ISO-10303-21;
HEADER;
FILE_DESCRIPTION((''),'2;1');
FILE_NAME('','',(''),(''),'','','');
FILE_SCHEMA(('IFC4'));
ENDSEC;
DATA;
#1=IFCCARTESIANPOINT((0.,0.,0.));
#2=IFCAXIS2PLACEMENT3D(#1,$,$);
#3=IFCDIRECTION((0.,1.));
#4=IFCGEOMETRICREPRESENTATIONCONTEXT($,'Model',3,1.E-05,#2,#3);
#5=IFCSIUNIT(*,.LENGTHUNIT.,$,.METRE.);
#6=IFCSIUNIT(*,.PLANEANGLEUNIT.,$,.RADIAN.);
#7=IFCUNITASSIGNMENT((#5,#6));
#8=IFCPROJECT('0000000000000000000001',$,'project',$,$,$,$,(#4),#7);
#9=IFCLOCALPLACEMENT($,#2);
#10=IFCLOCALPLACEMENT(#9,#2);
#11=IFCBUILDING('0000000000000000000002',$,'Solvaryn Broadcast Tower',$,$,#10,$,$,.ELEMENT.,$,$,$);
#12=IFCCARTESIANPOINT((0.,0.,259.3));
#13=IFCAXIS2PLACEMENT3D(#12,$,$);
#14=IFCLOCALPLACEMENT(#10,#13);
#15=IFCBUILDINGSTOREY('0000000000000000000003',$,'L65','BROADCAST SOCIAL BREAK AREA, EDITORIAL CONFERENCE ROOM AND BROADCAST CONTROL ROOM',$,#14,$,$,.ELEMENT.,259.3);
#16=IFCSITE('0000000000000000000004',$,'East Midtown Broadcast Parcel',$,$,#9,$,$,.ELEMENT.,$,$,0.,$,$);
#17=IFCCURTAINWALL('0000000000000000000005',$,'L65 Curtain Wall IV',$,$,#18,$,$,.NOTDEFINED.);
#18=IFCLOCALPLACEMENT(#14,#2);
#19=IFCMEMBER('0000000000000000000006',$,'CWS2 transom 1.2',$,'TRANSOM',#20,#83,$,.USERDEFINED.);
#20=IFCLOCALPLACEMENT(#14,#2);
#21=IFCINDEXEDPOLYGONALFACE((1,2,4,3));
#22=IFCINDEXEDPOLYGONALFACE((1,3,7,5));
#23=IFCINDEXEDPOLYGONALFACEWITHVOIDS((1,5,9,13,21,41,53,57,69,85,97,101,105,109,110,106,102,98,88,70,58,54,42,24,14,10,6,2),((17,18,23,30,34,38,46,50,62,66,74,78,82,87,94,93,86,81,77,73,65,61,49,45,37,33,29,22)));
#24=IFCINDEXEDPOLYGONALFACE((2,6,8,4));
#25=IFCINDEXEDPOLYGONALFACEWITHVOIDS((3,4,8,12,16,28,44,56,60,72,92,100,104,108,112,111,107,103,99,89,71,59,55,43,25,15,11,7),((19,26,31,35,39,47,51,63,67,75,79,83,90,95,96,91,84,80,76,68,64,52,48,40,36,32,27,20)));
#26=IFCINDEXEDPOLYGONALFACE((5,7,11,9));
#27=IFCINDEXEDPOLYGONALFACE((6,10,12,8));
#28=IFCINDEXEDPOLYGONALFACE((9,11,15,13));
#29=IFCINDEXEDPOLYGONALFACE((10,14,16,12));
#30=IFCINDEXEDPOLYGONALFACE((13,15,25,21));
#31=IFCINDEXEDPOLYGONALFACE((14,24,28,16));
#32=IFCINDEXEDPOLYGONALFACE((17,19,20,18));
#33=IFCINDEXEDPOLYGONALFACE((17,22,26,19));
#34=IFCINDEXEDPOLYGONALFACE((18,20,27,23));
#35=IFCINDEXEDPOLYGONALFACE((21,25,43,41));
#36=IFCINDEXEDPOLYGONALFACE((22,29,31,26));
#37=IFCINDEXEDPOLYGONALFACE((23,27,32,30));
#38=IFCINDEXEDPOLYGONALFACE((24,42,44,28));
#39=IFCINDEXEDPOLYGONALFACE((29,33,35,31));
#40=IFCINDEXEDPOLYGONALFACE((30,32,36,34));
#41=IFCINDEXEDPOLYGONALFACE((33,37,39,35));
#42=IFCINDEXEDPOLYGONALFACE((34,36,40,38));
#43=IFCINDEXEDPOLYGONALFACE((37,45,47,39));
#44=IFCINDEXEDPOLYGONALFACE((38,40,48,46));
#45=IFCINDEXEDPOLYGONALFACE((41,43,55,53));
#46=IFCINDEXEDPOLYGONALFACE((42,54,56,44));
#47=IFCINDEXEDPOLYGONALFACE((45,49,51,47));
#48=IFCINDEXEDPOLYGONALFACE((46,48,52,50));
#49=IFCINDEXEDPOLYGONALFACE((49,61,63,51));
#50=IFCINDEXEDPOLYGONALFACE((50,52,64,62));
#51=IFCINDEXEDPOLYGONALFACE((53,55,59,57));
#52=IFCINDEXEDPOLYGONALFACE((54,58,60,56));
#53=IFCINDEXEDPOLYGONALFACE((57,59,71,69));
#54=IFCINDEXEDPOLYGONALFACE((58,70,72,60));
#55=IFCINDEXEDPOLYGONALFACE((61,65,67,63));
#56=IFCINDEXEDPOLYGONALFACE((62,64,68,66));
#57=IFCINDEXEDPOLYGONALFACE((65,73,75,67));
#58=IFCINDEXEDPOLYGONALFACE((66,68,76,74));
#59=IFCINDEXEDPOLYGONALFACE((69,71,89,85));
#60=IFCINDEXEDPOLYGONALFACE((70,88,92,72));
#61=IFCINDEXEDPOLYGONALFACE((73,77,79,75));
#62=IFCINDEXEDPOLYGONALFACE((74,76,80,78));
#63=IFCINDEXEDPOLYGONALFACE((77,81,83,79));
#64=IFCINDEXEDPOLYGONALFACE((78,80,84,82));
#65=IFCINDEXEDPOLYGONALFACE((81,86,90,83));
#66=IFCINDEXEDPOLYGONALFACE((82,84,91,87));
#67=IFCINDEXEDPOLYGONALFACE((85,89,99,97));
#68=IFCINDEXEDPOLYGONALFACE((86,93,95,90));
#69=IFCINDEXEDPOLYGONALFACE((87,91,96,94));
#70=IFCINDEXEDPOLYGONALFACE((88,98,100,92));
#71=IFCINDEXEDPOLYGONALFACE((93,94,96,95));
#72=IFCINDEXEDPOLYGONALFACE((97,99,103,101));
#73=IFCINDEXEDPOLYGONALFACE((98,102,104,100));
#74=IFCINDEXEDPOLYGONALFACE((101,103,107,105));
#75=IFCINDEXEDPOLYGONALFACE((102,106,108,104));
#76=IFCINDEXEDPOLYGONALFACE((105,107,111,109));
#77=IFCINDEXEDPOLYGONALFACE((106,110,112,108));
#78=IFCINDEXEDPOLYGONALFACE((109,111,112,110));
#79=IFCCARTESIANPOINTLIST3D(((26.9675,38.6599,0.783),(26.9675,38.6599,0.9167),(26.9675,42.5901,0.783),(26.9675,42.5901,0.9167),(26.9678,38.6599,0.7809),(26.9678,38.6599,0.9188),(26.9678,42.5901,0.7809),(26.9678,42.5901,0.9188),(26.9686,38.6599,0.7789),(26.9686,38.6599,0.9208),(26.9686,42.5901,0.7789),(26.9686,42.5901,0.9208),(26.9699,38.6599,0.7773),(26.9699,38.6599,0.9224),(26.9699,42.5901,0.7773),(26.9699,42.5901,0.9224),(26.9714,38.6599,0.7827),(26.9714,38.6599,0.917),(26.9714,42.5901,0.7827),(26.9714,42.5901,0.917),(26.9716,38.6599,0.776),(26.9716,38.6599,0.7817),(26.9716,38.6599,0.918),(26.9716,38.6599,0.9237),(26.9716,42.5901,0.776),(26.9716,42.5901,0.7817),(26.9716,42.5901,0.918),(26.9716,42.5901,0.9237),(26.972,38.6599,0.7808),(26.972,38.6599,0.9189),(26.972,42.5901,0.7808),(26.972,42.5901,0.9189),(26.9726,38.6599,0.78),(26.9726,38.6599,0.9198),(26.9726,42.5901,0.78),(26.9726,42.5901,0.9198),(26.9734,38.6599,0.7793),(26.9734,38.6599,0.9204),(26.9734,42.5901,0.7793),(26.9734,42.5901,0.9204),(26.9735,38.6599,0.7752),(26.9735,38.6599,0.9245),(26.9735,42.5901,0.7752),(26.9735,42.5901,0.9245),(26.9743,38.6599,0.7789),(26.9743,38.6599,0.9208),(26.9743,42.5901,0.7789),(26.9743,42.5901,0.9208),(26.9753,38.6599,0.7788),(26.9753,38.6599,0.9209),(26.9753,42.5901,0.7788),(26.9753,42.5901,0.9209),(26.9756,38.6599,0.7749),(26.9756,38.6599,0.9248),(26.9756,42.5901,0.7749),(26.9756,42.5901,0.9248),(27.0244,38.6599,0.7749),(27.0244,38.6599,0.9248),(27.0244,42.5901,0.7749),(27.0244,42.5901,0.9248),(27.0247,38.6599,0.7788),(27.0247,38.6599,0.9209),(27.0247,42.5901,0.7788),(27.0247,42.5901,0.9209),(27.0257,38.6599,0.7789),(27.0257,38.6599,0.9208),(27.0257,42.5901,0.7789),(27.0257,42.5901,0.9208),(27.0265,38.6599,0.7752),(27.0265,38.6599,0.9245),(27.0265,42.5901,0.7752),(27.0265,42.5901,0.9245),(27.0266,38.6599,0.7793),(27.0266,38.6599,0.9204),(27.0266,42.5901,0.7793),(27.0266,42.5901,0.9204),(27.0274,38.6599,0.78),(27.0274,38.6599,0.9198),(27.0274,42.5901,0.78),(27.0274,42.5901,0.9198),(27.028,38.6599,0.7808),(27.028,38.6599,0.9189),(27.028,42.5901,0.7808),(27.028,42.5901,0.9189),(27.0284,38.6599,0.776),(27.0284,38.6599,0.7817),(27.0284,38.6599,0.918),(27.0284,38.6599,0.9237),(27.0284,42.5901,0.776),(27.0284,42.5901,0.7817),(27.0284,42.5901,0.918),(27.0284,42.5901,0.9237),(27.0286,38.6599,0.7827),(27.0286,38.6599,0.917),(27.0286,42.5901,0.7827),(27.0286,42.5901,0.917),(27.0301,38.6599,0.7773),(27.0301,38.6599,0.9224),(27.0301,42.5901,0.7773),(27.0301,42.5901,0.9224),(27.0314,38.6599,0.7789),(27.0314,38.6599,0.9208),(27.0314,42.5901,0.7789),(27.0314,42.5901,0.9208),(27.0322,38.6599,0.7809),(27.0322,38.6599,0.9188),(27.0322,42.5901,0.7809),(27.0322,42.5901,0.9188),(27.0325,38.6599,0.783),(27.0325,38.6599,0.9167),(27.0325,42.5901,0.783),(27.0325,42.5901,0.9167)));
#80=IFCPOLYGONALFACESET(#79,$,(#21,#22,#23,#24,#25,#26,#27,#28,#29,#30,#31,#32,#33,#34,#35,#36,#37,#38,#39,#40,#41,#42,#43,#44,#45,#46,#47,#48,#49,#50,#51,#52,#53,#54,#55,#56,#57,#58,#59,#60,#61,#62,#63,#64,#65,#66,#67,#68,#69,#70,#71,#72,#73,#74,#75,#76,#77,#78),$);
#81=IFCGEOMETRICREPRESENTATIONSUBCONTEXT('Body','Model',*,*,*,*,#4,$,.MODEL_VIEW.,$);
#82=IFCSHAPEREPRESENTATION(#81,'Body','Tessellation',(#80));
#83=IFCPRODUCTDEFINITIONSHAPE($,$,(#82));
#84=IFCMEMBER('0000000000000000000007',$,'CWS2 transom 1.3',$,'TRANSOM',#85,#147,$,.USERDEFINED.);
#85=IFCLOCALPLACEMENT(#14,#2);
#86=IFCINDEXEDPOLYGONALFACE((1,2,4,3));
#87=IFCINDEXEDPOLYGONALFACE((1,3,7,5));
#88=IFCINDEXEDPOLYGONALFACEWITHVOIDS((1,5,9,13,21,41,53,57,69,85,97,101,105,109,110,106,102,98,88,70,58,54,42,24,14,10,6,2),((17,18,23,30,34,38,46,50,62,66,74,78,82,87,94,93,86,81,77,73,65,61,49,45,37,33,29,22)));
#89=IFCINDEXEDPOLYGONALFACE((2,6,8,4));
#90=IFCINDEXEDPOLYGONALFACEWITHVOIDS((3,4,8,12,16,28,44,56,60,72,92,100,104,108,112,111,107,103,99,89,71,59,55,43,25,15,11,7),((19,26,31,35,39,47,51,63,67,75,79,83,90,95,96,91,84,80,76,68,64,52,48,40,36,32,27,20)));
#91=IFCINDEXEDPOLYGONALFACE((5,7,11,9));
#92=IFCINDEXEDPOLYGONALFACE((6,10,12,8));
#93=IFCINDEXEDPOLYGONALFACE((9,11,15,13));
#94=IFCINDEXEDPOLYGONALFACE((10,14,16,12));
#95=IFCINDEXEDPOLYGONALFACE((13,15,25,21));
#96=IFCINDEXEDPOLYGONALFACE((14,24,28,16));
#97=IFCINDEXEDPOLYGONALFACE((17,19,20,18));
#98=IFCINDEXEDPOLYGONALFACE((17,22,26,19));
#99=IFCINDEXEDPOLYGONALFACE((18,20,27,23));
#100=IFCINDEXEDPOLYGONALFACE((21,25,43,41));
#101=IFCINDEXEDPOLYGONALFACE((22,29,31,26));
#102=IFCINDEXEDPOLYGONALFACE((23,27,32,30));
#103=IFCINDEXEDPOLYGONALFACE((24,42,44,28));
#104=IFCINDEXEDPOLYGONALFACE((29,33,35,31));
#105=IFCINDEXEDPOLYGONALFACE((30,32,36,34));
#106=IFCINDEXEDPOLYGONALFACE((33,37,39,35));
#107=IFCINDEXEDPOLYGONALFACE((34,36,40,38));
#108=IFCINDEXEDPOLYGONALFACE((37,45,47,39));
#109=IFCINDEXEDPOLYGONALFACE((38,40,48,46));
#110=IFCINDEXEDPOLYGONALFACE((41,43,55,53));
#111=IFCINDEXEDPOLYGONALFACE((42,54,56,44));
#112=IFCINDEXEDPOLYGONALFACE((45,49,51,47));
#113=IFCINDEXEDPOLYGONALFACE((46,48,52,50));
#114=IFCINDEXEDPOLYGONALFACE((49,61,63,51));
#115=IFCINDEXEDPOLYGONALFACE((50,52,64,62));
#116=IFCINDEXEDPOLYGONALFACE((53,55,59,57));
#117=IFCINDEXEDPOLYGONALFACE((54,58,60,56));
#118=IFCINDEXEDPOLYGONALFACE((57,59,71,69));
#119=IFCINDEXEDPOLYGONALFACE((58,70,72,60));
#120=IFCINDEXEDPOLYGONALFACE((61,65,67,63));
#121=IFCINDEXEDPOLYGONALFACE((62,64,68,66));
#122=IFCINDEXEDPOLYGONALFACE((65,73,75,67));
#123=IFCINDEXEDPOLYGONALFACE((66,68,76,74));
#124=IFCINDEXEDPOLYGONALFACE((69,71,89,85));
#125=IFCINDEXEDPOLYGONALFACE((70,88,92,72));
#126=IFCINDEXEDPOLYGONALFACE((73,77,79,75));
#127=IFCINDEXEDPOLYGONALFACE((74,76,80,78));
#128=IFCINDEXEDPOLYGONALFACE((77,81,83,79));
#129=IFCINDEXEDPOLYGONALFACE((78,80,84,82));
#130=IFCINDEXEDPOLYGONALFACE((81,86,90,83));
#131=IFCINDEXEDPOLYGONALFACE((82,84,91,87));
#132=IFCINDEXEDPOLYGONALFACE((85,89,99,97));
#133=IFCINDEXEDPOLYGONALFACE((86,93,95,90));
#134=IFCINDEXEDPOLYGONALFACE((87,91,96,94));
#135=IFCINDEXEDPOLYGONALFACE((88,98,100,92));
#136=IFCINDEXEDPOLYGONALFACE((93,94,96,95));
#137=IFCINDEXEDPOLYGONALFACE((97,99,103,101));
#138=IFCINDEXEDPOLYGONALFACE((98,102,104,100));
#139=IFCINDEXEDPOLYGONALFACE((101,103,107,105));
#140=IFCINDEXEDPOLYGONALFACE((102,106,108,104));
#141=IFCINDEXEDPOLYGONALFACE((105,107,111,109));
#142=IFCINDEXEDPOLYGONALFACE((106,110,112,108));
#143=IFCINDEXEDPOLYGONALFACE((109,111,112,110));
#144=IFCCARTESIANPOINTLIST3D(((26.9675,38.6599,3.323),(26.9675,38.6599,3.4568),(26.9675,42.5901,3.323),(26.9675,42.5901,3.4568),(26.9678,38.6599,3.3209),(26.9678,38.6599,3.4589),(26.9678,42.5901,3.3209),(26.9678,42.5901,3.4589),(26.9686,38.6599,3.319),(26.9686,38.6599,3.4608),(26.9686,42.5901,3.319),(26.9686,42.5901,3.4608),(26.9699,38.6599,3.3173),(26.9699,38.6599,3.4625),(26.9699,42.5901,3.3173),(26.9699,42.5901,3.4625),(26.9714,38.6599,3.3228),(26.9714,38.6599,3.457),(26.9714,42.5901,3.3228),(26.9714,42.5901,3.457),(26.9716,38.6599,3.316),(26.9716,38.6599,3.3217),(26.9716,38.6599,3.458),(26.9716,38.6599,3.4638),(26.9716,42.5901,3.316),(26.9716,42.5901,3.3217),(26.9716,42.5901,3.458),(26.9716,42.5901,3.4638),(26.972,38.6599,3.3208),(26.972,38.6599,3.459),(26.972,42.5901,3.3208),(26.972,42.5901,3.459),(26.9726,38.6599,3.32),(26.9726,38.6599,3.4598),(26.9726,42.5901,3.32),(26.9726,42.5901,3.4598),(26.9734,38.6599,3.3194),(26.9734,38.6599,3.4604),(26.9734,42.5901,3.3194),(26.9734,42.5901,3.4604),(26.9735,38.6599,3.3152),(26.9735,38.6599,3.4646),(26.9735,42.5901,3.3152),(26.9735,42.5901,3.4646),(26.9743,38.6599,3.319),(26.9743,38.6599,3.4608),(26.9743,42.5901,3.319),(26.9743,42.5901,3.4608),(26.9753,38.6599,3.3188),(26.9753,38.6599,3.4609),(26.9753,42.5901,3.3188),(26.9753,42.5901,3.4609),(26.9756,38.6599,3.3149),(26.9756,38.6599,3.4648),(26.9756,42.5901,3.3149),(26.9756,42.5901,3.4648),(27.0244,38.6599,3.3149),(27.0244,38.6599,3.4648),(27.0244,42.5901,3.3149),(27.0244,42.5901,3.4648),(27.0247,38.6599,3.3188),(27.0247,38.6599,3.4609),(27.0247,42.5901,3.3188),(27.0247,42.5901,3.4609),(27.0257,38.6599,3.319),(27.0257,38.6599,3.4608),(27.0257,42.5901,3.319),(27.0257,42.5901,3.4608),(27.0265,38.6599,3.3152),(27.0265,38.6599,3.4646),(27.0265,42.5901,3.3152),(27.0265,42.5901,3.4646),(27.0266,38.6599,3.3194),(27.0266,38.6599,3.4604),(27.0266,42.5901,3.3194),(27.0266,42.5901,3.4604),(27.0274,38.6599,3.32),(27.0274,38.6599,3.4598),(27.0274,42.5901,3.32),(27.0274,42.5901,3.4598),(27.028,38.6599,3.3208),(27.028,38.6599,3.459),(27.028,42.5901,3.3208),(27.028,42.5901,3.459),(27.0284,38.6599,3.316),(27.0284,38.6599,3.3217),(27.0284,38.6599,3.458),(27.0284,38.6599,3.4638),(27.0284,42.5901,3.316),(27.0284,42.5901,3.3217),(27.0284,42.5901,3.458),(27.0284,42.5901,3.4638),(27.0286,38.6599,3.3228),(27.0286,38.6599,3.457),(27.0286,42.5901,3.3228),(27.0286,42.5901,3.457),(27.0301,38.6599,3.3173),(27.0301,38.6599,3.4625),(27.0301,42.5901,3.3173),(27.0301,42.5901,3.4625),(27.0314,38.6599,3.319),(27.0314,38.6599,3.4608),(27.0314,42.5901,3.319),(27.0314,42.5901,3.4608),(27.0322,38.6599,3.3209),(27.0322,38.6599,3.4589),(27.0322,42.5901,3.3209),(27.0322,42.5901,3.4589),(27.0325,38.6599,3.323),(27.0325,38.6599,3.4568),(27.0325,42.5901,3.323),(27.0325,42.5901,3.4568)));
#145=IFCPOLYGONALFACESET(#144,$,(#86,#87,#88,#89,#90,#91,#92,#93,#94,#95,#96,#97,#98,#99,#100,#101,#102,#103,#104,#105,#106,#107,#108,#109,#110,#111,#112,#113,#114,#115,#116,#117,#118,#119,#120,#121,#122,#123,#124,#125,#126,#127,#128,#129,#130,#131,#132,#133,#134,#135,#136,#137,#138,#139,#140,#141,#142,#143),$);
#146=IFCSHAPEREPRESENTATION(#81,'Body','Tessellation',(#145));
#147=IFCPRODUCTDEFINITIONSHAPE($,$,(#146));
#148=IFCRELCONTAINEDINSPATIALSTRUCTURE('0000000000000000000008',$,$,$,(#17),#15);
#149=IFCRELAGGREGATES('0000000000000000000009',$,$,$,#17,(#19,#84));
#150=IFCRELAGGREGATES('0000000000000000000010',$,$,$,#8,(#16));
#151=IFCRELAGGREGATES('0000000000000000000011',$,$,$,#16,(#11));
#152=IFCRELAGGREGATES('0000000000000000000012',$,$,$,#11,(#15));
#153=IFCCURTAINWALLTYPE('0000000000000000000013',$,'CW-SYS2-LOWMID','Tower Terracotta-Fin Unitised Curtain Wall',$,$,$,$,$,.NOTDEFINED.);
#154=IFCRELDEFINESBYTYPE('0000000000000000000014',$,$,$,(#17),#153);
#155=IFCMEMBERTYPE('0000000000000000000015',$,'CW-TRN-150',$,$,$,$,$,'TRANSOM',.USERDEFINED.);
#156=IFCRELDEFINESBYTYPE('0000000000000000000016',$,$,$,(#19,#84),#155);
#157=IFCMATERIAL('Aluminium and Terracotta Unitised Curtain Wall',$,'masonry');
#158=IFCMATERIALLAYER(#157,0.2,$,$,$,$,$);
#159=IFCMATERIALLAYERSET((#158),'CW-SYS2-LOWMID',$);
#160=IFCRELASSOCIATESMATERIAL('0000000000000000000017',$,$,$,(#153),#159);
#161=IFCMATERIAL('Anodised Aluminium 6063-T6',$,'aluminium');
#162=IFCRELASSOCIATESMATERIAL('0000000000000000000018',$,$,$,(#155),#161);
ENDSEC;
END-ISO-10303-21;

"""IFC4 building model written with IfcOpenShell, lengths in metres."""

from ifc_helpers import new_model, si_unit, direction, frame, origin, origin_2d, place, context, subcontext, project, spatial, hollow_rectangle, extrude, material, layer, layer_set, material_profile, profile_set, type_object, element, aggregate, save


model = new_model("IFC4")

# Units and contexts
model_context = context("Model", 3, precision=1e-05, world=origin(), true_north=direction((0.0, 1.0)))
body_context = subcontext(model_context, "Body", "Model", "MODEL_VIEW")
ifc_project = project(units=[si_unit("LENGTHUNIT", "METRE"), si_unit("PLANEANGLEUNIT", "RADIAN")], contexts=[model_context])

# Site, building, storey
site_placement = place(None, origin())
site = spatial("IfcSite", under=ifc_project, at=site_placement, Name="East Midtown Broadcast Parcel", CompositionType="ELEMENT", RefElevation=0.0)
building_placement = place(site_placement, origin())
building = spatial("IfcBuilding", under=site, at=building_placement, Name="Solvaryn Broadcast Tower", CompositionType="ELEMENT")
storey_placement = place(building_placement, frame((0.0, 0.0, 259.3)))
storey = spatial("IfcBuildingStorey", under=building, at=storey_placement, Name="L65", Description="BROADCAST SOCIAL BREAK AREA, EDITORIAL CONFERENCE ROOM AND BROADCAST CONTROL ROOM", CompositionType="ELEMENT", Elevation=259.3)

# Curtain wall
ifc_material_1 = material(Name="Aluminium and Terracotta Unitised Curtain Wall", Category="masonry")
ifc_layer_1 = layer(ifc_material_1, 0.2)
ifc_layer_set_1 = layer_set([ifc_layer_1], Name="CW-SYS2-LOWMID")
curtain_wall_type = type_object("IfcCurtainWallType", Name="CW-SYS2-LOWMID", Description="Tower Terracotta-Fin Unitised Curtain Wall", PredefinedType="NOTDEFINED", material=ifc_layer_set_1)
curtain_wall_1_placement = place(storey_placement, origin())
curtain_wall_1 = element("IfcCurtainWall", 1, at=curtain_wall_1_placement, inside=storey, type_object=curtain_wall_type, Name="L65 Curtain Wall IV", PredefinedType="NOTDEFINED")

# Members
ifc_material_2 = material(Name="Anodised Aluminium 6063-T6", Category="aluminium")
ifc_material_profile_1 = material_profile(ifc_material_2, hollow_rectangle(XDim=0.0649, YDim=0.1499, WallThickness=0.0039, InnerFilletRadius=0.0039, OuterFilletRadius=0.0081, at=origin_2d()))
ifc_profile_set_1 = profile_set([ifc_material_profile_1], Name="Anodised Aluminium 6063-T6")
member_type_1 = type_object("IfcMemberType", Name="CW-TRN-150", ElementType="TRANSOM", PredefinedType="USERDEFINED", material=ifc_profile_set_1)
member_1_placement = place(storey_placement, frame((27.0, 42.5901, 0.8499), z_axis=(0.0, -1.0, 0.0), x_axis=(1.0, 0.0, 0.0)))
member_1 = element("IfcMember", 2, at=member_1_placement, type_object=member_type_1, Name="CWS2 transom 1.2", ObjectType="TRANSOM", PredefinedType="USERDEFINED", context=body_context, shape_type="SweptSolid", body=[
    extrude(hollow_rectangle(XDim=0.0649, YDim=0.1499, WallThickness=0.0039, InnerFilletRadius=0.0039, OuterFilletRadius=0.0081, at=origin_2d()), origin(), (0.0, 0.0, 1.0), 3.9302),
])
member_2_placement = place(storey_placement, frame((27.0, 42.5901, 3.3899), z_axis=(0.0, -1.0, 0.0), x_axis=(1.0, 0.0, 0.0)))
member_2 = element("IfcMember", 3, at=member_2_placement, type_object=member_type_1, Name="CWS2 transom 1.3", ObjectType="TRANSOM", PredefinedType="USERDEFINED", context=body_context, shape_type="SweptSolid", body=[
    extrude(hollow_rectangle(XDim=0.0649, YDim=0.1499, WallThickness=0.0039, InnerFilletRadius=0.0039, OuterFilletRadius=0.0081, at=origin_2d()), origin(), (0.0, 0.0, 1.0), 3.9302),
])

aggregate(curtain_wall_1, [member_1, member_2])

save(model, "model.ifc")
